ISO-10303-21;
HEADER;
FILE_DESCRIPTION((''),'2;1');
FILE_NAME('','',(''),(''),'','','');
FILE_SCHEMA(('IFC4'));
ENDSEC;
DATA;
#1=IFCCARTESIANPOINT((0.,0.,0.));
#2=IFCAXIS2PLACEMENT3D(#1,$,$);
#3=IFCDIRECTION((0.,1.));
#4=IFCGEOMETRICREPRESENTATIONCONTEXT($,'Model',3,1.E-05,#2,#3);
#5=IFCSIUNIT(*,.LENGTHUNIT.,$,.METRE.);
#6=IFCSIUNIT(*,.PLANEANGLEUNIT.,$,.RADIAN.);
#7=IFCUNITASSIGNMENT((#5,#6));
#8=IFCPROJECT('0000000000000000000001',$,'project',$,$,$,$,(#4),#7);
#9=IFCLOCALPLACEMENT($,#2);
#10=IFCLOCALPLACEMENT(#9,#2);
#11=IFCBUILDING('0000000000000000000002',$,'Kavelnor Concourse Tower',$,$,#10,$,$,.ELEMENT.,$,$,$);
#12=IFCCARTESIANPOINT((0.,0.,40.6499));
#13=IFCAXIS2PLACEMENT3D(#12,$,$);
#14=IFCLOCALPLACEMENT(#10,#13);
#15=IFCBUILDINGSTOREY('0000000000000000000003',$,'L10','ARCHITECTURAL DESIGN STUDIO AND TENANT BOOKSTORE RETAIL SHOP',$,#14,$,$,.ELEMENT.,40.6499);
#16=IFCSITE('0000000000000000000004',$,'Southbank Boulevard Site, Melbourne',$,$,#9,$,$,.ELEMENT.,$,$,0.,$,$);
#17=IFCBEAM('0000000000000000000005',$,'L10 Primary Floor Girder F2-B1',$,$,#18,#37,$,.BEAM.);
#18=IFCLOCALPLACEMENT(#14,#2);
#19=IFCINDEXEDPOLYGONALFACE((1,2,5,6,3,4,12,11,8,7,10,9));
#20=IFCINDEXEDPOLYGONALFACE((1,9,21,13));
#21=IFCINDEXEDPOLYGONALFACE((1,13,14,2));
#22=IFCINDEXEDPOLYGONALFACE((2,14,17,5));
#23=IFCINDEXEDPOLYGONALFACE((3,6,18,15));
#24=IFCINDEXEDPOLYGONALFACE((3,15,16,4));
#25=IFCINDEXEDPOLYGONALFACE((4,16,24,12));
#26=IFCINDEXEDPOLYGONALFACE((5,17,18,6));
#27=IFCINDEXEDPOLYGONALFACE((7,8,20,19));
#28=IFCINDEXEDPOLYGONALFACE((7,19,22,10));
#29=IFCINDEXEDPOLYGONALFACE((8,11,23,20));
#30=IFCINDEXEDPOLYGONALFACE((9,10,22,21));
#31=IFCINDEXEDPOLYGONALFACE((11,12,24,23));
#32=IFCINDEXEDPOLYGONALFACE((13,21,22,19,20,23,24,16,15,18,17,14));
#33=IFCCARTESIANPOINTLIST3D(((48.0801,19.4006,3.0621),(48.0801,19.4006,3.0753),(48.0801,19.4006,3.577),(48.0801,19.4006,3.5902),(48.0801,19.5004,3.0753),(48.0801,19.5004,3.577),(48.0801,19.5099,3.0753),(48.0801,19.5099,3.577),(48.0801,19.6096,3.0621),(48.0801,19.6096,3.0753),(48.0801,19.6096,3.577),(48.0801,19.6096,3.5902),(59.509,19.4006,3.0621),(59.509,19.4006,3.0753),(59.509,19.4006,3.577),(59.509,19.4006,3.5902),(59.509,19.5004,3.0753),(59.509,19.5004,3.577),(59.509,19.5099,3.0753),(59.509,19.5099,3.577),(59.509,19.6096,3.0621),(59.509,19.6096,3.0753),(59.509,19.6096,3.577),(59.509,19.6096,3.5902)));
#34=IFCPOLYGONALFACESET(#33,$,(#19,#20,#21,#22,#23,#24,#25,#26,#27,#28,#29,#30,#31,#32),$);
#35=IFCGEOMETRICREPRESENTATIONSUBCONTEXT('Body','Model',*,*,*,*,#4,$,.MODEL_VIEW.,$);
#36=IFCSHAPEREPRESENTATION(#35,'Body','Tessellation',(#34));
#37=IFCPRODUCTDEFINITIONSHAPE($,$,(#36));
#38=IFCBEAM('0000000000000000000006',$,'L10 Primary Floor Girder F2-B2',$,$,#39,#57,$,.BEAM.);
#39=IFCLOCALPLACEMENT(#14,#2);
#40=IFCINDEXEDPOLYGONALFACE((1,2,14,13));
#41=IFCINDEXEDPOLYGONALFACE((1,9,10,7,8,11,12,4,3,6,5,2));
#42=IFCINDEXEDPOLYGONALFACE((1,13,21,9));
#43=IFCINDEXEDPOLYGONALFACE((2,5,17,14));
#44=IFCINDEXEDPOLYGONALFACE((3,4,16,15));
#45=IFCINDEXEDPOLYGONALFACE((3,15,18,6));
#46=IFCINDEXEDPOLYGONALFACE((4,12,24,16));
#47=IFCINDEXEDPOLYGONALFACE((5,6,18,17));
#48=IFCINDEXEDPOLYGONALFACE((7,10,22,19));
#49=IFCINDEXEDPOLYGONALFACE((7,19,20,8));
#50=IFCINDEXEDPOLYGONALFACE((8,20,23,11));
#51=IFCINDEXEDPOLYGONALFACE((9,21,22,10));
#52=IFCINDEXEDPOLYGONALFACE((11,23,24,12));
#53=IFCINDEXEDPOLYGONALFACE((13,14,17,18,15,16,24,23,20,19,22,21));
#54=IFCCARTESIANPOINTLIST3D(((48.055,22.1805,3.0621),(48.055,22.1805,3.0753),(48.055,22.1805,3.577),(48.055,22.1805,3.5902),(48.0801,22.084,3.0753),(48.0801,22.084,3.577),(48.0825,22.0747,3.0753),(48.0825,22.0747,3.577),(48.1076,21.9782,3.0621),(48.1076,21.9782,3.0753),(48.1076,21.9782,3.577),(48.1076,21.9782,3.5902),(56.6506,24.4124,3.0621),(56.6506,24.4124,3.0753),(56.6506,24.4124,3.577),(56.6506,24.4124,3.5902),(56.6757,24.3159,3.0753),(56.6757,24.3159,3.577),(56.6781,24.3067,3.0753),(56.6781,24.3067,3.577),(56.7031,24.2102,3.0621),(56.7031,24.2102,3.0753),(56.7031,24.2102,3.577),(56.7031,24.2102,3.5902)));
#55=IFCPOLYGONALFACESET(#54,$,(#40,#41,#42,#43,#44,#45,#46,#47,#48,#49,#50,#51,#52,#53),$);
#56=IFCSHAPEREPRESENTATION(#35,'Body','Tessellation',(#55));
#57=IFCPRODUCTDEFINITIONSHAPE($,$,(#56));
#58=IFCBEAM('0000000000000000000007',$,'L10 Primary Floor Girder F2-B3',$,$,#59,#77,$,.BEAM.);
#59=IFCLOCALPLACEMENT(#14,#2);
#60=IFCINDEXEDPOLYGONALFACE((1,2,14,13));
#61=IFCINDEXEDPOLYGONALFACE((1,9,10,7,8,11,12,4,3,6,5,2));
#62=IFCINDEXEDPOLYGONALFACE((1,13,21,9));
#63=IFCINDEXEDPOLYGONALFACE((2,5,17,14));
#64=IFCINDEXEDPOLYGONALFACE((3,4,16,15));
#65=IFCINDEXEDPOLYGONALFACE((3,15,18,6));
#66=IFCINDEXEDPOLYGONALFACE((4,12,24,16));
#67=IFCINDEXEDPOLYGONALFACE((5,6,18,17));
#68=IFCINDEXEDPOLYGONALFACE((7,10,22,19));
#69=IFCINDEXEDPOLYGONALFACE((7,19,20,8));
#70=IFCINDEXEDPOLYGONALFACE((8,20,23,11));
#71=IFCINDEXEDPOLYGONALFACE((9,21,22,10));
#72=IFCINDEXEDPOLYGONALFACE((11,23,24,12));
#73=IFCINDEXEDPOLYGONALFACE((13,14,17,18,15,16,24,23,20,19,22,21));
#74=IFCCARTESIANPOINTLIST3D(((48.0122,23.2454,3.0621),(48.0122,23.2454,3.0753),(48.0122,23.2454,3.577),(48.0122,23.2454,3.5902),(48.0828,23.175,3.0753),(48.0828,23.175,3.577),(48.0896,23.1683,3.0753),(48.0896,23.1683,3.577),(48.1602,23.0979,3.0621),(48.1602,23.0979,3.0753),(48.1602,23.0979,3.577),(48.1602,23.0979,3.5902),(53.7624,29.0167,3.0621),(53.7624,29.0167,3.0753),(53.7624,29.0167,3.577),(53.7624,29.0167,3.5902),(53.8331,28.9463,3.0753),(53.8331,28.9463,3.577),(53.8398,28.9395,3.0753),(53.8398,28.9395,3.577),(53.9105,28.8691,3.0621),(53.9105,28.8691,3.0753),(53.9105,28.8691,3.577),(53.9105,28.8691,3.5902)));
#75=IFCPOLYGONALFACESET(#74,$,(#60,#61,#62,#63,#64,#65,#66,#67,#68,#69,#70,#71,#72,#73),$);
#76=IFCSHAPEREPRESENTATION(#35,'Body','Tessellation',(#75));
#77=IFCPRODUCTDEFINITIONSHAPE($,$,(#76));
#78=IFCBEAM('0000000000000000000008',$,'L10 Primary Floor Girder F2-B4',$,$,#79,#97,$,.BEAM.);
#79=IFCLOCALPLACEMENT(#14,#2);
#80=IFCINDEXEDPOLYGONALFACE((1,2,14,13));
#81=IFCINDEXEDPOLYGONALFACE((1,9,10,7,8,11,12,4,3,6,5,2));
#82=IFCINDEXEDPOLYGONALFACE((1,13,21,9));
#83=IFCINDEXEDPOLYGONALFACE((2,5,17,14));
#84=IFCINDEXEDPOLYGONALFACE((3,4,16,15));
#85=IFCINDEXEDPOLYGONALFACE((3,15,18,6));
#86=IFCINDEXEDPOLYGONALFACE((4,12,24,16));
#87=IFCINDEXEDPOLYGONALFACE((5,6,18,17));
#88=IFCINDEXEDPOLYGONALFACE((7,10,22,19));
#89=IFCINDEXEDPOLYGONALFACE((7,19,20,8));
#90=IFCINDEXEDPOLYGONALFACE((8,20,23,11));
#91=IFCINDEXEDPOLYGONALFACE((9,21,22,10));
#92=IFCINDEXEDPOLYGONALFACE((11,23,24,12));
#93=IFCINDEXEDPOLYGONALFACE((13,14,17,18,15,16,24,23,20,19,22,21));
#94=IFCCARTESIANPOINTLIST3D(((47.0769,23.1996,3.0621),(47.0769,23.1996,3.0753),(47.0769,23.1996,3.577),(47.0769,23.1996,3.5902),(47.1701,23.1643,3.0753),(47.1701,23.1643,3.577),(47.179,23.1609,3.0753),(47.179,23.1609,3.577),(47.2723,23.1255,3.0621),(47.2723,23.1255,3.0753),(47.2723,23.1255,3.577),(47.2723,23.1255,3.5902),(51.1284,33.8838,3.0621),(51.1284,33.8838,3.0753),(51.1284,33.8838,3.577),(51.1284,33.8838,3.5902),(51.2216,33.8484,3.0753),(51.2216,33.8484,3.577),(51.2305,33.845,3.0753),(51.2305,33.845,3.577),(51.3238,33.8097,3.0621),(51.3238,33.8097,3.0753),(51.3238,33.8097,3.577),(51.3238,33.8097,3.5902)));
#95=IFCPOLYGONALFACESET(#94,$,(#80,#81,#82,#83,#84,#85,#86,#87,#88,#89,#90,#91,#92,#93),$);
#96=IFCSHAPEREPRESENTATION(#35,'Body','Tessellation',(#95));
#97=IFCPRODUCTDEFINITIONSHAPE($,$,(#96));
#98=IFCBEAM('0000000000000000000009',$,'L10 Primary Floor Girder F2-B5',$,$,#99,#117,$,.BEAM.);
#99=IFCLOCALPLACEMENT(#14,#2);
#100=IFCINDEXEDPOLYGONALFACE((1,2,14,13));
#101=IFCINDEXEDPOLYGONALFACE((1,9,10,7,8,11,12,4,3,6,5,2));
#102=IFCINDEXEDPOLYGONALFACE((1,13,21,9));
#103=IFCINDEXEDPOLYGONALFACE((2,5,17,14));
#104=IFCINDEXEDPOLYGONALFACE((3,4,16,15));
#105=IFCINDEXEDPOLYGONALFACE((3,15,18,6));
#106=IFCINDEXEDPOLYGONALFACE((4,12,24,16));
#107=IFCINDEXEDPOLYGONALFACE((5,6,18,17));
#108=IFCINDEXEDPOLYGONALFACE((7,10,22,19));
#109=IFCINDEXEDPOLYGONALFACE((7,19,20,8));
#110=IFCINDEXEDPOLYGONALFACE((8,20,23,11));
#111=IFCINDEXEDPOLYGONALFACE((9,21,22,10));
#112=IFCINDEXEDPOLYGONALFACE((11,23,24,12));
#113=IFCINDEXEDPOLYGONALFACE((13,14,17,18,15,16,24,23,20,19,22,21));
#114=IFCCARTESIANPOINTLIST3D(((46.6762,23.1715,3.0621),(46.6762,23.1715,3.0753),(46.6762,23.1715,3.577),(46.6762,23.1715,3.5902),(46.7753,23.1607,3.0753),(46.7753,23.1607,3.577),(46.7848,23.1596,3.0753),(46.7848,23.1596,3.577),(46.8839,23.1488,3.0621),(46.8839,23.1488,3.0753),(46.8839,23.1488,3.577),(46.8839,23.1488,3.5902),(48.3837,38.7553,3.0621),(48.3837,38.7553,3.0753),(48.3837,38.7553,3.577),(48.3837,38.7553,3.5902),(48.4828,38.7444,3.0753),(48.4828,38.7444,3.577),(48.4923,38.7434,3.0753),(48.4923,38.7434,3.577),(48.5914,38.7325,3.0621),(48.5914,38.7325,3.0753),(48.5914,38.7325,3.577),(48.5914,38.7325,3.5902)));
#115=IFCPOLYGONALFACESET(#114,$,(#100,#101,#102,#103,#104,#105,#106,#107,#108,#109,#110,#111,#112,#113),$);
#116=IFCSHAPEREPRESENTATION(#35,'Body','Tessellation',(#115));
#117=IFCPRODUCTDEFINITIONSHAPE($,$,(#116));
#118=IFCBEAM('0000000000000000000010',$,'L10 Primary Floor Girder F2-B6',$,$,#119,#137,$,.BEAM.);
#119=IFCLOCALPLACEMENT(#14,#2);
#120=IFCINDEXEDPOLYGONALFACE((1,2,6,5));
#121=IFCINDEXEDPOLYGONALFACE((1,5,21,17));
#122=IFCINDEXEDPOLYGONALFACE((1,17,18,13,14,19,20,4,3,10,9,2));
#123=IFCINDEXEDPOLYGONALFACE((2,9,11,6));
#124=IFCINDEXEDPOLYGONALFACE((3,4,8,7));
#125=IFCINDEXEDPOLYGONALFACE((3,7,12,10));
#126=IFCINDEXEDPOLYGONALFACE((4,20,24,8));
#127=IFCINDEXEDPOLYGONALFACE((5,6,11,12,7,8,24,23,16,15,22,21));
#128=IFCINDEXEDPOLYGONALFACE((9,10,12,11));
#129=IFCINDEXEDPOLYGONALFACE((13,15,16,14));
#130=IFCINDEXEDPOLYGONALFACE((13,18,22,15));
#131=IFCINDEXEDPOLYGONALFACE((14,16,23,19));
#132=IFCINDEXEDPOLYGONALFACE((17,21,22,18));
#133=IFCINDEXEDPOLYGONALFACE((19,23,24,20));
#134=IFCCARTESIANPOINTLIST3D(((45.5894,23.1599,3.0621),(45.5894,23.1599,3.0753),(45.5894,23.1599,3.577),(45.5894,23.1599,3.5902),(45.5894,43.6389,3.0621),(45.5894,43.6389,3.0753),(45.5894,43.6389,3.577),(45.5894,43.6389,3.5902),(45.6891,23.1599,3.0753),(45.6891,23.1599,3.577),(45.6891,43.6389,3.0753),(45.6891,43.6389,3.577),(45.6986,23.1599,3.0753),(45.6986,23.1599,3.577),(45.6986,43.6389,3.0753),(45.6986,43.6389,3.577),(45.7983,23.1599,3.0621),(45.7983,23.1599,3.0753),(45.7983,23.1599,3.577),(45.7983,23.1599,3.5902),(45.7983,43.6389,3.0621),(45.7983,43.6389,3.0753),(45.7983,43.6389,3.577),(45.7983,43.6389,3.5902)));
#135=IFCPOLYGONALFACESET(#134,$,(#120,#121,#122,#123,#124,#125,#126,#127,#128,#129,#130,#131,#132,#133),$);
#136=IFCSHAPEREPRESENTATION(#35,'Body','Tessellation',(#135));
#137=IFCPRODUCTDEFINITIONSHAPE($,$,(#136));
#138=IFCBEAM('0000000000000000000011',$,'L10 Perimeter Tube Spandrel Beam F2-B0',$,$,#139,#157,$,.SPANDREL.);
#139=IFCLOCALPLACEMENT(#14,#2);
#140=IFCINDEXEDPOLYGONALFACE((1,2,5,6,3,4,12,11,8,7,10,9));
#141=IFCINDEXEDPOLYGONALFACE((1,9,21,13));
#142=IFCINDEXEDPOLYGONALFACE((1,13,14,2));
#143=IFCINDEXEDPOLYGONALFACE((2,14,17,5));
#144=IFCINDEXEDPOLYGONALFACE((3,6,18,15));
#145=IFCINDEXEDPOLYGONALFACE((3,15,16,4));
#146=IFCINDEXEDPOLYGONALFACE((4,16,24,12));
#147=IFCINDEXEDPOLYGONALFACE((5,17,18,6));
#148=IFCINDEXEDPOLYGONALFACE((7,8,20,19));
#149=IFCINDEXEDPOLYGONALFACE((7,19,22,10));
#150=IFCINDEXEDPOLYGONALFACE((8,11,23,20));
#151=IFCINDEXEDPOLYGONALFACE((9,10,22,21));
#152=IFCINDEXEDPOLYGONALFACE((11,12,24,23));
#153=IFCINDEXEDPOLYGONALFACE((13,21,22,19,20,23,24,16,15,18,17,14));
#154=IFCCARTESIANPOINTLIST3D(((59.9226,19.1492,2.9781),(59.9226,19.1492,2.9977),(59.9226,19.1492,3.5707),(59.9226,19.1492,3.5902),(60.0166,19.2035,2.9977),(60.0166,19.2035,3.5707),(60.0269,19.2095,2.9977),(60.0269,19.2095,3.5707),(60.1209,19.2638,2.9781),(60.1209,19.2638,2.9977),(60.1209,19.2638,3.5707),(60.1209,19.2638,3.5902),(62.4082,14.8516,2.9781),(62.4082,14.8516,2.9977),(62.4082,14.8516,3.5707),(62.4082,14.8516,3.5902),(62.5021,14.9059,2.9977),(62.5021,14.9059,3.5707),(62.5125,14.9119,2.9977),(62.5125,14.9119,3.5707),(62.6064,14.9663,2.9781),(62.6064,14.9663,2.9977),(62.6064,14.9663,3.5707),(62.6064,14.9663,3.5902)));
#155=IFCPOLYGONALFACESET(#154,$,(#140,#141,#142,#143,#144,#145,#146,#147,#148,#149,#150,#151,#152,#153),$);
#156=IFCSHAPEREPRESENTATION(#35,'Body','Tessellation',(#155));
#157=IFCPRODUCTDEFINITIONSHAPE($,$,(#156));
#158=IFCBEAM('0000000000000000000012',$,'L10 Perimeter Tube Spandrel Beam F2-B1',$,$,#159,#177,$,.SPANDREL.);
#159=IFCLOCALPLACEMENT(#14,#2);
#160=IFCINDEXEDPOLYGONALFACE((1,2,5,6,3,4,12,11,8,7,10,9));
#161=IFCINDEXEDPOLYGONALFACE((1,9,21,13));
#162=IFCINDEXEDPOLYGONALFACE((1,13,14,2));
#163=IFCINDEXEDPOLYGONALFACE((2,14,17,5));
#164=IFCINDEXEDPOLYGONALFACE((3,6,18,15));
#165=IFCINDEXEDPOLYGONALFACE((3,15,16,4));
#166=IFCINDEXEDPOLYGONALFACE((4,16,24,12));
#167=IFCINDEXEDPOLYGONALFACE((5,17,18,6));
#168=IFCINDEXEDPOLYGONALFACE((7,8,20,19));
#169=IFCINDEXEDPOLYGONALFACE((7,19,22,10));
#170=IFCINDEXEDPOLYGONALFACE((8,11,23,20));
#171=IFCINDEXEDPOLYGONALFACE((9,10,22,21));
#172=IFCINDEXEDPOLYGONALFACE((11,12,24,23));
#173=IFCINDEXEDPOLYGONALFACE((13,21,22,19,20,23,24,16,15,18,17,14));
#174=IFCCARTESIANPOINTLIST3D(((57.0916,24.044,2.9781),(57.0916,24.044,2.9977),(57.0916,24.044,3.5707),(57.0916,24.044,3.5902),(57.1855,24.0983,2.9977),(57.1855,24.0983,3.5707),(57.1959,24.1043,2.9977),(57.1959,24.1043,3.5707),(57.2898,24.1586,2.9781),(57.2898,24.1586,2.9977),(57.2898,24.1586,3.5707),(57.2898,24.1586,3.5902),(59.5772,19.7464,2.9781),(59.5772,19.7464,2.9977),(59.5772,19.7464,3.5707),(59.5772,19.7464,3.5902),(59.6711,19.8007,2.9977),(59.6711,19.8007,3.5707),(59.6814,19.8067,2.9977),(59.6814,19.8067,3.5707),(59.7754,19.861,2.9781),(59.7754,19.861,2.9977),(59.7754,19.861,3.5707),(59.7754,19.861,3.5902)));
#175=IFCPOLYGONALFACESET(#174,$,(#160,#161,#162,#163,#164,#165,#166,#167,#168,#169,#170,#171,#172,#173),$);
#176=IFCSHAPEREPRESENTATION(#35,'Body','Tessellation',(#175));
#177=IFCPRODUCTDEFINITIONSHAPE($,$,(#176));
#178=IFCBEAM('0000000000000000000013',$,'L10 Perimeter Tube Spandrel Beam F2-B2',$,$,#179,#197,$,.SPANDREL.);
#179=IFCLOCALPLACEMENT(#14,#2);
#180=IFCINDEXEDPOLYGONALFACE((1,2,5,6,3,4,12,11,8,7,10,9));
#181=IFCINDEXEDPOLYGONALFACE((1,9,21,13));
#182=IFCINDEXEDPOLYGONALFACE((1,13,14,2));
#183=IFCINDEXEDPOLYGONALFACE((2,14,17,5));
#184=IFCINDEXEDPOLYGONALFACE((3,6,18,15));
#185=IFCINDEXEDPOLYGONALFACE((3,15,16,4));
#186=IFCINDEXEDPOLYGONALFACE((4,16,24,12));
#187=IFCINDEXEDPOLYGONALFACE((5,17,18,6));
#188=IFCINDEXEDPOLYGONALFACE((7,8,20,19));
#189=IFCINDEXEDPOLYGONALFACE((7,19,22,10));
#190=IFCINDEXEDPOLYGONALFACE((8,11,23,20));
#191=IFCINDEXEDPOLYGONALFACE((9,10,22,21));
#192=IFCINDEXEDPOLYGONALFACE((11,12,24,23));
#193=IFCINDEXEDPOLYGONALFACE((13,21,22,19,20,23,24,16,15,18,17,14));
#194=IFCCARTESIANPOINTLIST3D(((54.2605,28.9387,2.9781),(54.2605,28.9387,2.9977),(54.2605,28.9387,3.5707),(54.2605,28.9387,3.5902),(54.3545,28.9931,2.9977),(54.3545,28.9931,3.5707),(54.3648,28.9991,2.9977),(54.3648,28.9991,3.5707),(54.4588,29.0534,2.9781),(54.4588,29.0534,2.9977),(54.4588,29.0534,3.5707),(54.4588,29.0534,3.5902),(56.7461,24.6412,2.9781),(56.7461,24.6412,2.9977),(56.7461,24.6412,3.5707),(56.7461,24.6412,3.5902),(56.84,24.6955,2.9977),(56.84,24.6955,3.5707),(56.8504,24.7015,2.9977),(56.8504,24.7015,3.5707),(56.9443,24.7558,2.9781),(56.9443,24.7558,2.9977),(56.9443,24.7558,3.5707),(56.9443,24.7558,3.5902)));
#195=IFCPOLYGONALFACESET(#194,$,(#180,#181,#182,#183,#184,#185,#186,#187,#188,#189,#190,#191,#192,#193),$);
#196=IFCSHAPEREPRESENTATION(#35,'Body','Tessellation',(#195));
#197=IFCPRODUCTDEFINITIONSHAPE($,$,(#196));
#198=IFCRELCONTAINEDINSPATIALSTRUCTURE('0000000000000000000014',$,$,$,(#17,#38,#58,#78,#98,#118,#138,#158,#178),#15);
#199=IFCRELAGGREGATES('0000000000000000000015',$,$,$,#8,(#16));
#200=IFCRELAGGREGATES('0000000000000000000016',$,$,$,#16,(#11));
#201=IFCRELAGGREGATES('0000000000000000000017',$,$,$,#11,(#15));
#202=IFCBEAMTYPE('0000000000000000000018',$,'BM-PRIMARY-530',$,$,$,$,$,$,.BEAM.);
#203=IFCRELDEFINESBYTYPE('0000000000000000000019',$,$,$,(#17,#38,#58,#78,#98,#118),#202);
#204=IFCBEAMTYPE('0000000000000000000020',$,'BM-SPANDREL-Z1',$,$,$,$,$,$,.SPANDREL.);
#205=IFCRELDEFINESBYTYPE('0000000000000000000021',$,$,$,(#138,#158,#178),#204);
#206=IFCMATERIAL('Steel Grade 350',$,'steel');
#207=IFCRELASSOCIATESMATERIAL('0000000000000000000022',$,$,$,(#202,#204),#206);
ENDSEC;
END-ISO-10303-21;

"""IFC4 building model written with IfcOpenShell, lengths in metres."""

from ifc_helpers import new_model, si_unit, direction, frame, origin, origin_2d, place, context, subcontext, project, spatial, i_section, extrude, material, material_profile, profile_set, type_object, element, save


model = new_model("IFC4")

# Units and contexts
model_context = context("Model", 3, precision=1e-05, world=origin(), true_north=direction((0.0, 1.0)))
body_context = subcontext(model_context, "Body", "Model", "MODEL_VIEW")
ifc_project = project(units=[si_unit("LENGTHUNIT", "METRE"), si_unit("PLANEANGLEUNIT", "RADIAN")], contexts=[model_context])

# Site, building, storey
site_placement = place(None, origin())
site = spatial("IfcSite", under=ifc_project, at=site_placement, Name="Southbank Boulevard Site, Melbourne", CompositionType="ELEMENT", RefElevation=0.0)
building_placement = place(site_placement, origin())
building = spatial("IfcBuilding", under=site, at=building_placement, Name="Kavelnor Concourse Tower", CompositionType="ELEMENT")
storey_placement = place(building_placement, frame((0.0, 0.0, 40.6499)))
storey = spatial("IfcBuildingStorey", under=building, at=storey_placement, Name="L10", Description="ARCHITECTURAL DESIGN STUDIO AND TENANT BOOKSTORE RETAIL SHOP", CompositionType="ELEMENT", Elevation=40.6499)

# Shared definitions
ifc_material_1 = material(Name="Steel Grade 350", Category="steel")

# Beams
ifc_material_profile_1 = material_profile(ifc_material_1, i_section(OverallWidth=0.209, OverallDepth=0.5281, WebThickness=0.0095, FlangeThickness=0.0132, at=origin_2d()), Name="530UB82")
ifc_profile_set_1 = profile_set([ifc_material_profile_1], Name="Steel Grade 350")
beam_type_1 = type_object("IfcBeamType", Name="BM-PRIMARY-530", PredefinedType="BEAM", material=ifc_profile_set_1)
beam_1_placement = place(storey_placement, frame((48.0801, 19.5051, 3.3262), z_axis=(1.0, 0.0, 0.0), x_axis=(0.0, 1.0, 0.0)))
element("IfcBeam", 1, at=beam_1_placement, inside=storey, type_object=beam_type_1, Name="L10 Primary Floor Girder F2-B1", PredefinedType="BEAM", context=body_context, shape_type="SweptSolid", body=[
    extrude(i_section(OverallWidth=0.209, OverallDepth=0.5281, WebThickness=0.0095, FlangeThickness=0.0132, at=origin_2d()), origin(), (0.0, 0.0, 1.0), 11.429),
])
beam_2_placement = place(storey_placement, frame((48.0813, 22.0793, 3.3262), z_axis=(0.967902, 0.251329, 0.0), x_axis=(-0.251329, 0.967902, 0.0)))
element("IfcBeam", 2, at=beam_2_placement, inside=storey, type_object=beam_type_1, Name="L10 Primary Floor Girder F2-B2", PredefinedType="BEAM", context=body_context, shape_type="SweptSolid", body=[
    extrude(i_section(OverallWidth=0.209, OverallDepth=0.5281, WebThickness=0.0095, FlangeThickness=0.0132, at=origin_2d()), origin(), (0.0, 0.0, 1.0), 8.8806),
])
beam_3_placement = place(storey_placement, frame((48.0862, 23.1716, 3.3262), z_axis=(0.705817, 0.708394, 0.0), x_axis=(-0.708394, 0.705817, 0.0)))
element("IfcBeam", 3, at=beam_3_placement, inside=storey, type_object=beam_type_1, Name="L10 Primary Floor Girder F2-B3", PredefinedType="BEAM", context=body_context, shape_type="SweptSolid", body=[
    extrude(i_section(OverallWidth=0.209, OverallDepth=0.5281, WebThickness=0.0095, FlangeThickness=0.0132, at=origin_2d()), origin(), (0.0, 0.0, 1.0), 8.147),
])
beam_4_placement = place(storey_placement, frame((47.1746, 23.1626, 3.3262), z_axis=(0.354572, 0.935029, 0.0), x_axis=(-0.935029, 0.354572, 0.0)))
element("IfcBeam", 4, at=beam_4_placement, inside=storey, type_object=beam_type_1, Name="L10 Primary Floor Girder F2-B4", PredefinedType="BEAM", context=body_context, shape_type="SweptSolid", body=[
    extrude(i_section(OverallWidth=0.209, OverallDepth=0.5281, WebThickness=0.0095, FlangeThickness=0.0132, at=origin_2d()), origin(), (0.0, 0.0, 1.0), 11.4265),
])
beam_5_placement = place(storey_placement, frame((46.78, 23.1602, 3.3262), z_axis=(0.108919, 0.994051, 0.0), x_axis=(-0.994051, 0.108919, 0.0)))
element("IfcBeam", 5, at=beam_5_placement, inside=storey, type_object=beam_type_1, Name="L10 Primary Floor Girder F2-B5", PredefinedType="BEAM", context=body_context, shape_type="SweptSolid", body=[
    extrude(i_section(OverallWidth=0.209, OverallDepth=0.5281, WebThickness=0.0095, FlangeThickness=0.0132, at=origin_2d()), origin(), (0.0, 0.0, 1.0), 15.677),
])
beam_6_placement = place(storey_placement, frame((45.6938, 23.1599, 3.3262), z_axis=(0.0, 1.0, 0.0), x_axis=(-1.0, 0.0, 0.0)))
element("IfcBeam", 6, at=beam_6_placement, inside=storey, type_object=beam_type_1, Name="L10 Primary Floor Girder F2-B6", PredefinedType="BEAM", context=body_context, shape_type="SweptSolid", body=[
    extrude(i_section(OverallWidth=0.209, OverallDepth=0.5281, WebThickness=0.0095, FlangeThickness=0.0132, at=origin_2d()), origin(), (0.0, 0.0, 1.0), 20.479),
])
ifc_material_profile_2 = material_profile(ifc_material_1, i_section(OverallWidth=0.229, OverallDepth=0.6121, WebThickness=0.012, FlangeThickness=0.0195, at=origin_2d()), Name="610UB125")
ifc_profile_set_2 = profile_set([ifc_material_profile_2], Name="Steel Grade 350")
beam_type_2 = type_object("IfcBeamType", Name="BM-SPANDREL-Z1", PredefinedType="SPANDREL", material=ifc_profile_set_2)
for number, where, z_axis, x_axis, name in (
    (7, (62.5073, 14.9089, 3.2842), (-0.50066, 0.865644, 0.0), (-0.865644, -0.50066, 0.0), "L10 Perimeter Tube Spandrel Beam F2-B0"),
    (8, (59.6763, 19.8037, 3.2842), (-0.50066, 0.865644, 0.0), (-0.865644, -0.50066, 0.0), "L10 Perimeter Tube Spandrel Beam F2-B1"),
    (9, (56.8452, 24.6985, 3.2842), (-0.50066, 0.865644, 0.0), (-0.865644, -0.50066, 0.0), "L10 Perimeter Tube Spandrel Beam F2-B2"),
):
    element("IfcBeam", number, at=place(storey_placement, frame(where, z_axis=z_axis, x_axis=x_axis)), inside=storey, type_object=beam_type_2, Name=name, PredefinedType="SPANDREL", context=body_context, shape_type="SweptSolid", body=[
        extrude(i_section(OverallWidth=0.229, OverallDepth=0.6121, WebThickness=0.012, FlangeThickness=0.0195, at=origin_2d()), origin(), (0.0, 0.0, 1.0), 4.9646),
    ])

save(model, "model.ifc")
